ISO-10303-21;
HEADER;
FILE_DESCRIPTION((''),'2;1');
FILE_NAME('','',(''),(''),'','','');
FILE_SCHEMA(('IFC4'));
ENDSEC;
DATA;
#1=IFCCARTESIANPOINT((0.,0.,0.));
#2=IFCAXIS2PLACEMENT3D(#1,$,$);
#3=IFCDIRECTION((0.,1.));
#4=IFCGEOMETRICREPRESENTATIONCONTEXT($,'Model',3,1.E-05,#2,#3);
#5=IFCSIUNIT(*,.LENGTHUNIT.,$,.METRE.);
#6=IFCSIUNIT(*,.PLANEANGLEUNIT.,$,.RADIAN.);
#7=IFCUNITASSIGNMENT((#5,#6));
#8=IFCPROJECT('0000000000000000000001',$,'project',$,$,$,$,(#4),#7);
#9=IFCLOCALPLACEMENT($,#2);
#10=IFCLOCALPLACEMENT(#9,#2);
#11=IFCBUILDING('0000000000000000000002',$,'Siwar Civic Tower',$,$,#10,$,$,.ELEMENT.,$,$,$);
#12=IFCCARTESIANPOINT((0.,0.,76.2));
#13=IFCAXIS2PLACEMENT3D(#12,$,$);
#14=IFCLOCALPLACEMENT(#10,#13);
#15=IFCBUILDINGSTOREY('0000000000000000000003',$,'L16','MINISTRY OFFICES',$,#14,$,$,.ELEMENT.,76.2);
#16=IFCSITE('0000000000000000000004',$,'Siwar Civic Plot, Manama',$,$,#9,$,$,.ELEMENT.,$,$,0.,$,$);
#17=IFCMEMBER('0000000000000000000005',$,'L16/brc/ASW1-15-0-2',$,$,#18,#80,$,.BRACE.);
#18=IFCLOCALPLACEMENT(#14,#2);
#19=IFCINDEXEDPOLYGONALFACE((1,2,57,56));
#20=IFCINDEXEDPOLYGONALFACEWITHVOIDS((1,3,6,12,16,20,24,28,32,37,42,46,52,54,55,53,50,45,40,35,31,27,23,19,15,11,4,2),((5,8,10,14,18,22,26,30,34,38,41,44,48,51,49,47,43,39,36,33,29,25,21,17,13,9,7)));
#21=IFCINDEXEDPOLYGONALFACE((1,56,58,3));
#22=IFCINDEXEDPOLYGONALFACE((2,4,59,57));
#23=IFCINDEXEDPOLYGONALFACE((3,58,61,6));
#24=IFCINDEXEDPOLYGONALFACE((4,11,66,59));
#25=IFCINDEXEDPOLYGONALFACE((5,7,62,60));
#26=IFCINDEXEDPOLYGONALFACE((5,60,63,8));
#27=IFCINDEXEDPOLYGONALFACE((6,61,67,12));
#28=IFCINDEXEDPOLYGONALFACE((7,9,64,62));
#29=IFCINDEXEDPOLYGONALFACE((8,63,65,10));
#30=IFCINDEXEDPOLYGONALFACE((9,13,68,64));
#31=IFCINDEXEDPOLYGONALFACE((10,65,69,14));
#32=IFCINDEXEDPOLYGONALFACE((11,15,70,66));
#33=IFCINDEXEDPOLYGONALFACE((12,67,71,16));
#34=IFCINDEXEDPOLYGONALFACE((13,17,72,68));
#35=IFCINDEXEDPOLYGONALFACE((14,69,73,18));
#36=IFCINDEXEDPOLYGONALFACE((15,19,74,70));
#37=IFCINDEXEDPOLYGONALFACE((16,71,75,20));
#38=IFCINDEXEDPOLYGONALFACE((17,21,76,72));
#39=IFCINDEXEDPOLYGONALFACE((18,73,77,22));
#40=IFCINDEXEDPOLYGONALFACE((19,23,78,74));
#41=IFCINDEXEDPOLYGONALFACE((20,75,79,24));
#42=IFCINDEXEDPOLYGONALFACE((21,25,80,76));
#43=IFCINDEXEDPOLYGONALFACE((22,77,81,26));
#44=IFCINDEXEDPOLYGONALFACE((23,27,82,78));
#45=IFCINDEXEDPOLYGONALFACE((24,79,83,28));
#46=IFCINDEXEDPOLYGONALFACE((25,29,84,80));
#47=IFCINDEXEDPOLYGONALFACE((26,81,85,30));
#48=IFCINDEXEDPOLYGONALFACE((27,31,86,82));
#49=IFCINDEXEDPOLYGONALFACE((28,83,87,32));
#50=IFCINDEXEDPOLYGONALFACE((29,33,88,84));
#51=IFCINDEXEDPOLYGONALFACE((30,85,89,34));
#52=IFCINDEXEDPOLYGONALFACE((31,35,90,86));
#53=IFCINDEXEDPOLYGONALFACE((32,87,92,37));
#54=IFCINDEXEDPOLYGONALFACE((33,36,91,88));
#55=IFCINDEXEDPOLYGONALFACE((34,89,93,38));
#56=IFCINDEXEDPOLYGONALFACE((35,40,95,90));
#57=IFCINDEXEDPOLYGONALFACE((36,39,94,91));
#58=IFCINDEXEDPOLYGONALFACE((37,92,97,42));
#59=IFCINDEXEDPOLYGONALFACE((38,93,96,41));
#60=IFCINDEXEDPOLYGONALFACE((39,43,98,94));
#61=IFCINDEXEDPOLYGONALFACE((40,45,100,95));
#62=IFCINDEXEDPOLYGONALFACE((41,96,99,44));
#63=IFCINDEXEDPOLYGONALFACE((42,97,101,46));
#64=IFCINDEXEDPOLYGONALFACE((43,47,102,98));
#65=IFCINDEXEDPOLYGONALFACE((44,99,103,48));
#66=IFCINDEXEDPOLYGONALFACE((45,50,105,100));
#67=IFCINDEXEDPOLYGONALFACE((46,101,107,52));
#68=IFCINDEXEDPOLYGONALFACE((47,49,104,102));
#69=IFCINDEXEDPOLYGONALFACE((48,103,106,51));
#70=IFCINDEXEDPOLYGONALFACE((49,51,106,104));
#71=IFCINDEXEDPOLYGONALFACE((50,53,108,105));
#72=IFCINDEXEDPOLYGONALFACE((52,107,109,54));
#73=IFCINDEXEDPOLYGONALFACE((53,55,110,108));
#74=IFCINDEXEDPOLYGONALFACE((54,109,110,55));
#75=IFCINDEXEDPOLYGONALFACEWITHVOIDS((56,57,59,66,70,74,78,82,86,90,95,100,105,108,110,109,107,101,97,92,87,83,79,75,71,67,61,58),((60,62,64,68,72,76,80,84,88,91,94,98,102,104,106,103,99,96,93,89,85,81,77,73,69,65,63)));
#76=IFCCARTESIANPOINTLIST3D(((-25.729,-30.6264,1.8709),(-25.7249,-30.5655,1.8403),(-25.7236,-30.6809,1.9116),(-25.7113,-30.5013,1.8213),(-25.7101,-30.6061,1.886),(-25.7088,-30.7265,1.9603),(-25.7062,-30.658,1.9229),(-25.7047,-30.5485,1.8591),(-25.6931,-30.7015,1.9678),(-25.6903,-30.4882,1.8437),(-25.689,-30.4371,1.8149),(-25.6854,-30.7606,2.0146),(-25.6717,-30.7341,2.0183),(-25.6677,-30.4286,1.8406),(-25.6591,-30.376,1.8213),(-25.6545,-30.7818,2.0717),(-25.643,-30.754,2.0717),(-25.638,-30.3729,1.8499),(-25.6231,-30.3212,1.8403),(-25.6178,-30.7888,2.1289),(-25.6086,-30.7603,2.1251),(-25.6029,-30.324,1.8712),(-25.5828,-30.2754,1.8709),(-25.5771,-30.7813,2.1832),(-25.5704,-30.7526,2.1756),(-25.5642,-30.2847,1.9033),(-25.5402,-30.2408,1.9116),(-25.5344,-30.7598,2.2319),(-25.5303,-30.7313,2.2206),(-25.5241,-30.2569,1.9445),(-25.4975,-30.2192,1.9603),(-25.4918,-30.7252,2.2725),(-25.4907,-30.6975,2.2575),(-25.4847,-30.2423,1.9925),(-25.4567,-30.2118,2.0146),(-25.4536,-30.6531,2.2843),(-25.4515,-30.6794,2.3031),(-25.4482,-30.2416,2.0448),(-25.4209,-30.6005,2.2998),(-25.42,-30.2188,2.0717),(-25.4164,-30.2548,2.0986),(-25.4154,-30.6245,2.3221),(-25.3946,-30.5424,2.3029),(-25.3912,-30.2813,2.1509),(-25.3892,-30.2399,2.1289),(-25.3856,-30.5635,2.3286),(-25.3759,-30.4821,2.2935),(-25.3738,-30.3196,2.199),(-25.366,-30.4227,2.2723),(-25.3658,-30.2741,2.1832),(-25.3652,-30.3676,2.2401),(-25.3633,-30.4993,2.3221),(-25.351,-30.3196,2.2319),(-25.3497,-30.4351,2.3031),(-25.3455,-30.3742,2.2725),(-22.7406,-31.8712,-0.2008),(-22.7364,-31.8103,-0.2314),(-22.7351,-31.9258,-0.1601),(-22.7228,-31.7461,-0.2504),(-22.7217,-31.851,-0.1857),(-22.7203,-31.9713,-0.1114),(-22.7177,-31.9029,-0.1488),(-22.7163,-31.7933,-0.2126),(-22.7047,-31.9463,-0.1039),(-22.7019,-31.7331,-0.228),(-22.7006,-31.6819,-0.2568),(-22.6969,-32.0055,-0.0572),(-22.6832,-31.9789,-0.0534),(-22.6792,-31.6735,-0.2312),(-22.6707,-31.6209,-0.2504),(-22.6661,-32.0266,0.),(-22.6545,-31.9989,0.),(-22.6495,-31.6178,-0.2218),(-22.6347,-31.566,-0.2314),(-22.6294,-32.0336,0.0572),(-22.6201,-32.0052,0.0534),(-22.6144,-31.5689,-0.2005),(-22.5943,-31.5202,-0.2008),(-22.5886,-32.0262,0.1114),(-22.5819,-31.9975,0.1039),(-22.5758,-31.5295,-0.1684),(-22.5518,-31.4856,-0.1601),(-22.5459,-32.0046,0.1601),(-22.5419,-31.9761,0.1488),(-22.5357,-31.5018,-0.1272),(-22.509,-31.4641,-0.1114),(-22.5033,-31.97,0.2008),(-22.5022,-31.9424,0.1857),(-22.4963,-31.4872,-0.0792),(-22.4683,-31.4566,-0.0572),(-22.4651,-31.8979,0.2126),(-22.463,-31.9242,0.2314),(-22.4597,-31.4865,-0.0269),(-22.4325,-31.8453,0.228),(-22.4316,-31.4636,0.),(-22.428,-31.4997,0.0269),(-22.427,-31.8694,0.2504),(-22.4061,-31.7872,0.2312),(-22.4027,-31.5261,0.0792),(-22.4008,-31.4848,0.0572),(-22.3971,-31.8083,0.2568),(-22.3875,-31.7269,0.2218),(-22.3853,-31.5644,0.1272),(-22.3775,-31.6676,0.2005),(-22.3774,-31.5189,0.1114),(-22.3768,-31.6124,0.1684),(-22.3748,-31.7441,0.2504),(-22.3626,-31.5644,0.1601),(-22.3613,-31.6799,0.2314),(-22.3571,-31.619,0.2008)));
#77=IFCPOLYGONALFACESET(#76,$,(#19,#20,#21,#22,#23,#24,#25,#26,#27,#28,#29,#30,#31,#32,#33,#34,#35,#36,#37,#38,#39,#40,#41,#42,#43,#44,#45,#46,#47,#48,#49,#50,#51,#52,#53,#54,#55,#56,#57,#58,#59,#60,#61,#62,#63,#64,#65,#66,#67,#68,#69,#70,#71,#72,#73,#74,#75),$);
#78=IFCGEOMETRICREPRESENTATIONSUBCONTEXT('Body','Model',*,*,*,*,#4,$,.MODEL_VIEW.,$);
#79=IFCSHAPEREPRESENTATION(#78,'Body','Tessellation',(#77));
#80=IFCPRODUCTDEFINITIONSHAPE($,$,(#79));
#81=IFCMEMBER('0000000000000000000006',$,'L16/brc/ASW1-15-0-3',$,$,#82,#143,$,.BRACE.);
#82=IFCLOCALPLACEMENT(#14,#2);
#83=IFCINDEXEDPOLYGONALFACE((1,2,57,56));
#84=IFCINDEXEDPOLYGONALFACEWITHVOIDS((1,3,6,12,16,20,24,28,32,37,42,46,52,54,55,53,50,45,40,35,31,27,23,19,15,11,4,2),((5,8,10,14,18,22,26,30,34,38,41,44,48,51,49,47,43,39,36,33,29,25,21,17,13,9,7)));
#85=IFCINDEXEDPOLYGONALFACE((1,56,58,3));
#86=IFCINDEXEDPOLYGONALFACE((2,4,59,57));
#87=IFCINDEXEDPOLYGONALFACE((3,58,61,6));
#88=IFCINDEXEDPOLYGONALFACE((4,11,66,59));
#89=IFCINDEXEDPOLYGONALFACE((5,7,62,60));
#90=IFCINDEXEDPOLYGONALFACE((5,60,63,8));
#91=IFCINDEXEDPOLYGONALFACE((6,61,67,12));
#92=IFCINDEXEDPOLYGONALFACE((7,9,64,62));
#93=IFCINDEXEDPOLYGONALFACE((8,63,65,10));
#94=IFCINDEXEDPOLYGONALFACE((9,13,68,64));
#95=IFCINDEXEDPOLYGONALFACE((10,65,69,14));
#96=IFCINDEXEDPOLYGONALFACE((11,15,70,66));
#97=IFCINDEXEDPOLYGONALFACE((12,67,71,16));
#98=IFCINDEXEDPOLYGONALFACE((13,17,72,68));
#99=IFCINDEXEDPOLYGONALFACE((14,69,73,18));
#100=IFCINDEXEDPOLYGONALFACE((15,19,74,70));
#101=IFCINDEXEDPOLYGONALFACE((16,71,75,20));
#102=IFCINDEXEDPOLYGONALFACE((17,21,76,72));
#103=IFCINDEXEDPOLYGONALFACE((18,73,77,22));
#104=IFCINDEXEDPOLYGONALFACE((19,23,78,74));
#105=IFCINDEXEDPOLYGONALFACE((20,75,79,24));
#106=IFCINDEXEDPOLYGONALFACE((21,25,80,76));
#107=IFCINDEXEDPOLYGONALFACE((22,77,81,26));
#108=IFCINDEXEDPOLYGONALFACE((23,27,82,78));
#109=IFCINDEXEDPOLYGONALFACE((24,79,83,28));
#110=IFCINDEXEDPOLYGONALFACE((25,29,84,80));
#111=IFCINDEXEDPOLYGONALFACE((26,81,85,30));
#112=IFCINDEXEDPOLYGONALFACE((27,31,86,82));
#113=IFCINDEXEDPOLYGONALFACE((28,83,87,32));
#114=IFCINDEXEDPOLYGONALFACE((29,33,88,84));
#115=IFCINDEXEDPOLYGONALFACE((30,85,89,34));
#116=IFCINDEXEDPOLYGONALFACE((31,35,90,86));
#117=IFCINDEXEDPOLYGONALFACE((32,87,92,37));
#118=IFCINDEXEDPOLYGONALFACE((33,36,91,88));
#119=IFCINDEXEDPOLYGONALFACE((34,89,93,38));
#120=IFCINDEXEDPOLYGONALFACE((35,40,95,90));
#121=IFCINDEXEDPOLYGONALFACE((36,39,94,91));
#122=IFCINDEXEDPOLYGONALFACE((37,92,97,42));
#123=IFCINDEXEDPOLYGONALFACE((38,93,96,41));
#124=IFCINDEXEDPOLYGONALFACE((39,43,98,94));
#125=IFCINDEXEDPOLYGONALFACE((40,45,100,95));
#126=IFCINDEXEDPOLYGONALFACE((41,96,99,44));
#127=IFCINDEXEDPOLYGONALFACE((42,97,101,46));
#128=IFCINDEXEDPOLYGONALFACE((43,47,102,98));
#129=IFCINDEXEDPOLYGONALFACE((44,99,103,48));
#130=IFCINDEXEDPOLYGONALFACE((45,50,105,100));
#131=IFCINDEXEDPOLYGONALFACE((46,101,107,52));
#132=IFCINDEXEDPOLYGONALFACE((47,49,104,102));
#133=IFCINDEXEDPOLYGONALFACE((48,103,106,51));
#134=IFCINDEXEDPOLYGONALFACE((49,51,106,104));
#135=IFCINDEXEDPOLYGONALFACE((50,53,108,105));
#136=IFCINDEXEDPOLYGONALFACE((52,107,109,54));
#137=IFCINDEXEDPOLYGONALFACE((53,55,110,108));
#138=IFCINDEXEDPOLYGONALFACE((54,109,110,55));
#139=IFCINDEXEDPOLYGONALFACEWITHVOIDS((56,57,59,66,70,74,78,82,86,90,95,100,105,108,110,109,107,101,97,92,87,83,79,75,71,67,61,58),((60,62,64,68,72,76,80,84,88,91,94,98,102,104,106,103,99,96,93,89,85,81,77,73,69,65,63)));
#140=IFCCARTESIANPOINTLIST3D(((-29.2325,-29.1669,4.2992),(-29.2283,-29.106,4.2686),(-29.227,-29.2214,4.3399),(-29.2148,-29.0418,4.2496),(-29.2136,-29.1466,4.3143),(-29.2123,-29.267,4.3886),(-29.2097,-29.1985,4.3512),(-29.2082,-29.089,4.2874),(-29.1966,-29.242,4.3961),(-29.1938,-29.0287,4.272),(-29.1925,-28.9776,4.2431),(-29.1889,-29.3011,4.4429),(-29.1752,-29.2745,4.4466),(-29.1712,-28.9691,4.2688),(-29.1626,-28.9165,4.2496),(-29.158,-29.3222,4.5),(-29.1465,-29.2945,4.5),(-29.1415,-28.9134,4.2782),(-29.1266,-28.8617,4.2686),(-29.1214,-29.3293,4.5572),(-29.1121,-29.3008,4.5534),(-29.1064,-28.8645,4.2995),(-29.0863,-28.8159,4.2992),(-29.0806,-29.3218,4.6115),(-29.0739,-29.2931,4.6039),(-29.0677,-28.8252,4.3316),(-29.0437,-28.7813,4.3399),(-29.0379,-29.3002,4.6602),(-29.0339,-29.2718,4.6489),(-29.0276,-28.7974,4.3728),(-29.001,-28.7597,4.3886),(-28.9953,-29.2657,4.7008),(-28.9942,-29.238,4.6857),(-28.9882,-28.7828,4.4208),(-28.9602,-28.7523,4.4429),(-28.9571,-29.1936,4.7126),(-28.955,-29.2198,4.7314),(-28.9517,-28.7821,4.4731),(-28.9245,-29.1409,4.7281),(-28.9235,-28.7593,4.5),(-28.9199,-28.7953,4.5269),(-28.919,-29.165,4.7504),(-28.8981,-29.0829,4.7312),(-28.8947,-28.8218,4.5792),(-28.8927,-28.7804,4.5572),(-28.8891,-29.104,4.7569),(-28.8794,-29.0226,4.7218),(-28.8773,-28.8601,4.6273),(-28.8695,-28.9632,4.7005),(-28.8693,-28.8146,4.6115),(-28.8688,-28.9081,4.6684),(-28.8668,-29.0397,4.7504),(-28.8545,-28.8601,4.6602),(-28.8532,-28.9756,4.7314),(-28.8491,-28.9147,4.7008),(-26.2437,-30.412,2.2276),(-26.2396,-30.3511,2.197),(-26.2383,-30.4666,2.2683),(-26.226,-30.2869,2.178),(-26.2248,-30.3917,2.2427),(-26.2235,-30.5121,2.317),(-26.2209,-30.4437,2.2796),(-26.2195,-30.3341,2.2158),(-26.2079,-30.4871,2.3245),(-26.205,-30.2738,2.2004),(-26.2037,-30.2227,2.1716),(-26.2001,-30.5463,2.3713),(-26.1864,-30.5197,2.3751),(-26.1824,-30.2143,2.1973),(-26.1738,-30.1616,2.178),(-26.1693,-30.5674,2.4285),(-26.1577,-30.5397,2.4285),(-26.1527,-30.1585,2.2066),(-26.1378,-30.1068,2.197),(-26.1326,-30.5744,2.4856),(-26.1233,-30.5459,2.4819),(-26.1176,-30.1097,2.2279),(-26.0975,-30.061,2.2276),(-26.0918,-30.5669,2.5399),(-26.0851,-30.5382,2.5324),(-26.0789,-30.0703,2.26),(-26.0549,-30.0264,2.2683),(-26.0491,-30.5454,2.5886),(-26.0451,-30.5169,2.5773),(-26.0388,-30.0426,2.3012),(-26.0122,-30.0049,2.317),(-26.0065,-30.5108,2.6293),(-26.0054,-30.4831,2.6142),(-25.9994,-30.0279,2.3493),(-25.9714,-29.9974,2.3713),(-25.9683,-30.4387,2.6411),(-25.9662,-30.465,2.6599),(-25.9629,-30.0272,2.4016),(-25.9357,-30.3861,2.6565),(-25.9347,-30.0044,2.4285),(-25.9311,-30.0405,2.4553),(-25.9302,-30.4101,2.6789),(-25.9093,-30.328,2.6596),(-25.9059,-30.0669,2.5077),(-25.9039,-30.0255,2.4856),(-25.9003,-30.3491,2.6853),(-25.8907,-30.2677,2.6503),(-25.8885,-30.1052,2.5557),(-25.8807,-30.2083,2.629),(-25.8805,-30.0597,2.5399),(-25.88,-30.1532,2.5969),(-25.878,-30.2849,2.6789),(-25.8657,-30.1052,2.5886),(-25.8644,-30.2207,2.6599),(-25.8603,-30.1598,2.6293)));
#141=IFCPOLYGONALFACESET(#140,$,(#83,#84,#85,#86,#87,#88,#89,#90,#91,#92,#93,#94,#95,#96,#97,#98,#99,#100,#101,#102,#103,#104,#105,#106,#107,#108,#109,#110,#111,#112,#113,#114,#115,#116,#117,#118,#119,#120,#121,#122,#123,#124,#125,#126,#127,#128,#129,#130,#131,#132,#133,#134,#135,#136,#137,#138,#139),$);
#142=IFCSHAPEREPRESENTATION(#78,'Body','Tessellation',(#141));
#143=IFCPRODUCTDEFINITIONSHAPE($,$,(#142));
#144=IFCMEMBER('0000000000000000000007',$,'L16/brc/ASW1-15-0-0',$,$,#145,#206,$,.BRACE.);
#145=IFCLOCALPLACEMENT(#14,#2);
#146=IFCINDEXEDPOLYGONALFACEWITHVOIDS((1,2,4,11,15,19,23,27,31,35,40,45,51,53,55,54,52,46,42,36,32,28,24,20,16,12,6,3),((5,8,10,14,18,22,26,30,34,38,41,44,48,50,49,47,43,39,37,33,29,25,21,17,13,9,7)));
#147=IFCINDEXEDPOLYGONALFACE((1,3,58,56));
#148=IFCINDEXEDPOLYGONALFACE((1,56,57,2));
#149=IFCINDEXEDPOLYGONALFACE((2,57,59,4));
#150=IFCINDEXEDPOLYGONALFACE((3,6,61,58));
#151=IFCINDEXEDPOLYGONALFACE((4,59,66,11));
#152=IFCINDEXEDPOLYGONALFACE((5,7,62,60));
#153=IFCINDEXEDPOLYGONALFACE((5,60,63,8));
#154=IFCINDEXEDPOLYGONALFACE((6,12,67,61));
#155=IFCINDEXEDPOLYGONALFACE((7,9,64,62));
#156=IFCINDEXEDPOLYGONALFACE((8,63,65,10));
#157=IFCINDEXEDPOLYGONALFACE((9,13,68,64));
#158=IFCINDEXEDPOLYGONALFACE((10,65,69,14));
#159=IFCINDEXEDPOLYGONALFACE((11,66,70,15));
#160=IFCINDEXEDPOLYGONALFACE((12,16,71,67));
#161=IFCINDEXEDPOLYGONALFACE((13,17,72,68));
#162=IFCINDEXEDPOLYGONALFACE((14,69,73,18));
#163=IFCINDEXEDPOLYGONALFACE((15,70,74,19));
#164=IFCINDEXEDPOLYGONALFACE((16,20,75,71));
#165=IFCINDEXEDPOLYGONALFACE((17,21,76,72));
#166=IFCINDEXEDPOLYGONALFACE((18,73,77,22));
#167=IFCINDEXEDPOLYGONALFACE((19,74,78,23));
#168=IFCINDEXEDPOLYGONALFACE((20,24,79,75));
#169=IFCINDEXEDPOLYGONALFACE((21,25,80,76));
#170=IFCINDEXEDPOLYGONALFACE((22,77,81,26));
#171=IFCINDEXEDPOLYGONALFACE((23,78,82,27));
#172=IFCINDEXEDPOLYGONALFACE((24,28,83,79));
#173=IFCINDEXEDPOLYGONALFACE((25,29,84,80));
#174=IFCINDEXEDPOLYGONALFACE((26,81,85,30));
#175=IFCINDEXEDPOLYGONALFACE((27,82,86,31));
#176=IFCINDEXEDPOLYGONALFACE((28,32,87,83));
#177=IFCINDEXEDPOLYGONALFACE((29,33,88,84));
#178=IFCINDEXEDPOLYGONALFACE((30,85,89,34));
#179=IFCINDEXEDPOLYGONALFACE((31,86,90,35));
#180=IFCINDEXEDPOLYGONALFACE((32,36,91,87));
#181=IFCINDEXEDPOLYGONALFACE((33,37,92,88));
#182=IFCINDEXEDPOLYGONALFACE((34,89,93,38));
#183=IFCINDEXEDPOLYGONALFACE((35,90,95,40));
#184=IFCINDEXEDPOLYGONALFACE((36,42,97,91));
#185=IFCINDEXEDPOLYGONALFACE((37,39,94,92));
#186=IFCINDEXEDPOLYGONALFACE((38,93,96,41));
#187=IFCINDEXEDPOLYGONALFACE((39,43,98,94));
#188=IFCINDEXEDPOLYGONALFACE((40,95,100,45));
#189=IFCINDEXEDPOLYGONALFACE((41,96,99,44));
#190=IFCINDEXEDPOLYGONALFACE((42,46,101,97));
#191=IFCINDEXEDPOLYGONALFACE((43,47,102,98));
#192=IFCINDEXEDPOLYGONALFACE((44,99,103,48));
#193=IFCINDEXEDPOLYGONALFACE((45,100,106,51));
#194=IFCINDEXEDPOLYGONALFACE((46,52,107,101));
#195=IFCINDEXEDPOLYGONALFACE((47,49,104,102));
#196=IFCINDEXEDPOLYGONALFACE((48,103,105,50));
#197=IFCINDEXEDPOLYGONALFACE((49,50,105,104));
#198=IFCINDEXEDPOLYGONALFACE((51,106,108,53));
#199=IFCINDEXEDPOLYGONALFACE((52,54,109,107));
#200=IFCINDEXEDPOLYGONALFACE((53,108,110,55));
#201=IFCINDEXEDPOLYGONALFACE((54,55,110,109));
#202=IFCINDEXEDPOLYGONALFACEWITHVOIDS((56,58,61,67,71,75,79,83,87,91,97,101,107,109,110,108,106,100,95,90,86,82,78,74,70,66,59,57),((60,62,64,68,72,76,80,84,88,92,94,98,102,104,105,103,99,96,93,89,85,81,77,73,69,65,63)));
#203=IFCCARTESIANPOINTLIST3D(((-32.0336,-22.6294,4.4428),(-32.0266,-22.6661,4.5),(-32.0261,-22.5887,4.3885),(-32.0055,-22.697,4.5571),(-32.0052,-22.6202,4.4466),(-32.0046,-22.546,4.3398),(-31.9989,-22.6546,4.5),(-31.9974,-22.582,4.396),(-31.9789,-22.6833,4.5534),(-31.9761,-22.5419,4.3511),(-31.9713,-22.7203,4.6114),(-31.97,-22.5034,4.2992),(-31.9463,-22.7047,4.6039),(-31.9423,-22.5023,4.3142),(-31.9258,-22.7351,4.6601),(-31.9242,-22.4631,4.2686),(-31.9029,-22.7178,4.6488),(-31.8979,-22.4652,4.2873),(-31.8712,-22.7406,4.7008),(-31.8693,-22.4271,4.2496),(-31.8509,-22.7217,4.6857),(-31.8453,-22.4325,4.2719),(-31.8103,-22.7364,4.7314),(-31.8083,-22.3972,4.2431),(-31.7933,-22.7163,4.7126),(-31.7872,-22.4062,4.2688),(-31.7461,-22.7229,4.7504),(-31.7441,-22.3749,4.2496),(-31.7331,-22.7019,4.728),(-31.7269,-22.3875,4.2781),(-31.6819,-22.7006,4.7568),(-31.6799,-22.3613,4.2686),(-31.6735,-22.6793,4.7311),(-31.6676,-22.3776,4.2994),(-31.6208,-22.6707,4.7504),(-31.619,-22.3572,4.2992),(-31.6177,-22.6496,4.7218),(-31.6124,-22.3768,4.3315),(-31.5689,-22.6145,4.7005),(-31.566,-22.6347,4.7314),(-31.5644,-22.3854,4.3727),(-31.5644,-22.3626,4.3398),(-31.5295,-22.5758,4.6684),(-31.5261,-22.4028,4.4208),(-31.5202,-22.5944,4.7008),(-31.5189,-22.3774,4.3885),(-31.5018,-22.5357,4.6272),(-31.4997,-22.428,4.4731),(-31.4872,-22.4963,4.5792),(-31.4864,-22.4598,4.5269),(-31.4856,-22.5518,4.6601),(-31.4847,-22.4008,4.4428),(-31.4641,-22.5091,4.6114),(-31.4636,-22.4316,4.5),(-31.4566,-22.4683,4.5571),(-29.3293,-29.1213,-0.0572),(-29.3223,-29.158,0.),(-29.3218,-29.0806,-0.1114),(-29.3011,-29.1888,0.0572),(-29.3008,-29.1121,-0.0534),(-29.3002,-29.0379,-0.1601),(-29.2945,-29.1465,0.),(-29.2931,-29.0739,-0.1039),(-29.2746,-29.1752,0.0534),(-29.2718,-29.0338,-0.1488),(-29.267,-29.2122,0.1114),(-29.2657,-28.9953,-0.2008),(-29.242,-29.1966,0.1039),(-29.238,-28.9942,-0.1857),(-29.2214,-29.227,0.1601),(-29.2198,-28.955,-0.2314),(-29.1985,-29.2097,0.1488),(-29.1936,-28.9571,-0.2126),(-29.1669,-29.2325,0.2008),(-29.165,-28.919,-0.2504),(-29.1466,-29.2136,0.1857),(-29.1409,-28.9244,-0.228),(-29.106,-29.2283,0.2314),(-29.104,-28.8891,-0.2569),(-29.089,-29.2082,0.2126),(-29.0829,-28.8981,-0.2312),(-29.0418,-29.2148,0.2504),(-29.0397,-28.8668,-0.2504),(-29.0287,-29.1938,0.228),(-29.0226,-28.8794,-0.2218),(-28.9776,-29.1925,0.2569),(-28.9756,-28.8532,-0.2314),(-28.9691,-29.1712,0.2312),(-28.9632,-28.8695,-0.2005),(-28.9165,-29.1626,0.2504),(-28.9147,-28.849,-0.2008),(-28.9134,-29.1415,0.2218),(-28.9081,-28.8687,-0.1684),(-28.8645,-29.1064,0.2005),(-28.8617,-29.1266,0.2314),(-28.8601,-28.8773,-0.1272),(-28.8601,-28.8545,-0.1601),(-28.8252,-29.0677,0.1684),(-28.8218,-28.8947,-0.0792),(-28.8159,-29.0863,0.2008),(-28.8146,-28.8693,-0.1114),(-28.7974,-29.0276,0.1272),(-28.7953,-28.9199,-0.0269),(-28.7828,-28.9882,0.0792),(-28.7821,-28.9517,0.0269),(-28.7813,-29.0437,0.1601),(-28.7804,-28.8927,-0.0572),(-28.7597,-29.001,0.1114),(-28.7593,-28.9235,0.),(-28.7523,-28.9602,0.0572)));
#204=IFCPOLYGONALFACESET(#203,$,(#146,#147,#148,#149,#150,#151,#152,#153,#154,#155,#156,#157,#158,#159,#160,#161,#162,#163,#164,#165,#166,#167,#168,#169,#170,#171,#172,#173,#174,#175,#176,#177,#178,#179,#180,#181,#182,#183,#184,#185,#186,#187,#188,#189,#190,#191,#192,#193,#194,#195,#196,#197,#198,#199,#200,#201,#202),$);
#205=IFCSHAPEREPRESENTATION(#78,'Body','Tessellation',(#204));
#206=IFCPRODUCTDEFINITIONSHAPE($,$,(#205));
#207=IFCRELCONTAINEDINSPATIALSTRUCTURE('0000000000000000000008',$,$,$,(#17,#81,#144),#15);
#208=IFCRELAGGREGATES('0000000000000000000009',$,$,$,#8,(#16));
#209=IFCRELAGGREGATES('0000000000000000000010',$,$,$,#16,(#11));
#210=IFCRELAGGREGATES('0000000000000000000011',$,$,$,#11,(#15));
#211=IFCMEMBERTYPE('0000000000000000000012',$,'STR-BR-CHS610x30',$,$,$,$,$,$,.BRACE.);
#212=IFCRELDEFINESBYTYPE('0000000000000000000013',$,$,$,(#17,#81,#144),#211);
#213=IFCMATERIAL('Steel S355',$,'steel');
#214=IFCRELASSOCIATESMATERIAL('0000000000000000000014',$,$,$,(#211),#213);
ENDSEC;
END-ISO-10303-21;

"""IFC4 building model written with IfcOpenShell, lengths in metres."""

from ifc_helpers import new_model, si_unit, direction, frame, origin, origin_2d, place, context, subcontext, project, spatial, hollow_circle, extrude, material, material_profile, profile_set, type_object, element, save


model = new_model("IFC4")

# Units and contexts
model_context = context("Model", 3, precision=1e-05, world=origin(), true_north=direction((0.0, 1.0)))
body_context = subcontext(model_context, "Body", "Model", "MODEL_VIEW")
ifc_project = project(units=[si_unit("LENGTHUNIT", "METRE"), si_unit("PLANEANGLEUNIT", "RADIAN")], contexts=[model_context])

# Site, building, storey
site_placement = place(None, origin())
site = spatial("IfcSite", under=ifc_project, at=site_placement, Name="Siwar Civic Plot, Manama", CompositionType="ELEMENT", RefElevation=0.0)
building_placement = place(site_placement, origin())
building = spatial("IfcBuilding", under=site, at=building_placement, Name="Siwar Civic Tower", CompositionType="ELEMENT")
storey_placement = place(building_placement, frame((0.0, 0.0, 76.2)))
storey = spatial("IfcBuildingStorey", under=building, at=storey_placement, Name="L16", Description="MINISTRY OFFICES", CompositionType="ELEMENT", Elevation=76.2)

# Members
ifc_material_1 = material(Name="Steel S355", Category="steel")
ifc_material_profile_1 = material_profile(ifc_material_1, hollow_circle(Radius=0.3049, WallThickness=0.03, at=origin_2d()), Name="CHS610x30")
ifc_profile_set_1 = profile_set([ifc_material_profile_1], Name="Steel S355")
member_type_1 = type_object("IfcMemberType", Name="STR-BR-CHS610x30", PredefinedType="BRACE", material=ifc_profile_set_1)
member_1_placement = place(storey_placement, frame((-22.5488, -31.7451, 0.0), z_axis=(-0.777533, 0.323882, 0.53902), x_axis=(-0.384524, -0.923115, 0.0)))
element("IfcMember", 1, at=member_1_placement, inside=storey, type_object=member_type_1, Name="L16/brc/ASW1-15-0-2", PredefinedType="BRACE", context=body_context, shape_type="SweptSolid", body=[
    extrude(hollow_circle(Radius=0.3049, WallThickness=0.03, at=origin_2d()), origin(), (0.0, 0.0, 1.0), 3.8435),
])
member_2_placement = place(storey_placement, frame((-26.052, -30.2859, 2.4285), z_axis=(-0.777569, 0.323934, 0.538937), x_axis=(-0.384562, -0.923099, 0.0)))
element("IfcMember", 2, at=member_2_placement, inside=storey, type_object=member_type_1, Name="L16/brc/ASW1-15-0-3", PredefinedType="BRACE", context=body_context, shape_type="SweptSolid", body=[
    extrude(hollow_circle(Radius=0.3049, WallThickness=0.03, at=origin_2d()), origin(), (0.0, 0.0, 1.0), 3.8438),
])
member_3_placement = place(storey_placement, frame((-29.0408, -29.0408, 0.0), z_axis=(-0.323906, 0.777555, 0.538975), x_axis=(-0.923109, -0.384539, 0.0)))
element("IfcMember", 3, at=member_3_placement, inside=storey, type_object=member_type_1, Name="L16/brc/ASW1-15-0-0", PredefinedType="BRACE", context=body_context, shape_type="SweptSolid", body=[
    extrude(hollow_circle(Radius=0.3049, WallThickness=0.03, at=origin_2d()), origin(), (0.0, 0.0, 1.0), 8.3491),
])

save(model, "model.ifc")
